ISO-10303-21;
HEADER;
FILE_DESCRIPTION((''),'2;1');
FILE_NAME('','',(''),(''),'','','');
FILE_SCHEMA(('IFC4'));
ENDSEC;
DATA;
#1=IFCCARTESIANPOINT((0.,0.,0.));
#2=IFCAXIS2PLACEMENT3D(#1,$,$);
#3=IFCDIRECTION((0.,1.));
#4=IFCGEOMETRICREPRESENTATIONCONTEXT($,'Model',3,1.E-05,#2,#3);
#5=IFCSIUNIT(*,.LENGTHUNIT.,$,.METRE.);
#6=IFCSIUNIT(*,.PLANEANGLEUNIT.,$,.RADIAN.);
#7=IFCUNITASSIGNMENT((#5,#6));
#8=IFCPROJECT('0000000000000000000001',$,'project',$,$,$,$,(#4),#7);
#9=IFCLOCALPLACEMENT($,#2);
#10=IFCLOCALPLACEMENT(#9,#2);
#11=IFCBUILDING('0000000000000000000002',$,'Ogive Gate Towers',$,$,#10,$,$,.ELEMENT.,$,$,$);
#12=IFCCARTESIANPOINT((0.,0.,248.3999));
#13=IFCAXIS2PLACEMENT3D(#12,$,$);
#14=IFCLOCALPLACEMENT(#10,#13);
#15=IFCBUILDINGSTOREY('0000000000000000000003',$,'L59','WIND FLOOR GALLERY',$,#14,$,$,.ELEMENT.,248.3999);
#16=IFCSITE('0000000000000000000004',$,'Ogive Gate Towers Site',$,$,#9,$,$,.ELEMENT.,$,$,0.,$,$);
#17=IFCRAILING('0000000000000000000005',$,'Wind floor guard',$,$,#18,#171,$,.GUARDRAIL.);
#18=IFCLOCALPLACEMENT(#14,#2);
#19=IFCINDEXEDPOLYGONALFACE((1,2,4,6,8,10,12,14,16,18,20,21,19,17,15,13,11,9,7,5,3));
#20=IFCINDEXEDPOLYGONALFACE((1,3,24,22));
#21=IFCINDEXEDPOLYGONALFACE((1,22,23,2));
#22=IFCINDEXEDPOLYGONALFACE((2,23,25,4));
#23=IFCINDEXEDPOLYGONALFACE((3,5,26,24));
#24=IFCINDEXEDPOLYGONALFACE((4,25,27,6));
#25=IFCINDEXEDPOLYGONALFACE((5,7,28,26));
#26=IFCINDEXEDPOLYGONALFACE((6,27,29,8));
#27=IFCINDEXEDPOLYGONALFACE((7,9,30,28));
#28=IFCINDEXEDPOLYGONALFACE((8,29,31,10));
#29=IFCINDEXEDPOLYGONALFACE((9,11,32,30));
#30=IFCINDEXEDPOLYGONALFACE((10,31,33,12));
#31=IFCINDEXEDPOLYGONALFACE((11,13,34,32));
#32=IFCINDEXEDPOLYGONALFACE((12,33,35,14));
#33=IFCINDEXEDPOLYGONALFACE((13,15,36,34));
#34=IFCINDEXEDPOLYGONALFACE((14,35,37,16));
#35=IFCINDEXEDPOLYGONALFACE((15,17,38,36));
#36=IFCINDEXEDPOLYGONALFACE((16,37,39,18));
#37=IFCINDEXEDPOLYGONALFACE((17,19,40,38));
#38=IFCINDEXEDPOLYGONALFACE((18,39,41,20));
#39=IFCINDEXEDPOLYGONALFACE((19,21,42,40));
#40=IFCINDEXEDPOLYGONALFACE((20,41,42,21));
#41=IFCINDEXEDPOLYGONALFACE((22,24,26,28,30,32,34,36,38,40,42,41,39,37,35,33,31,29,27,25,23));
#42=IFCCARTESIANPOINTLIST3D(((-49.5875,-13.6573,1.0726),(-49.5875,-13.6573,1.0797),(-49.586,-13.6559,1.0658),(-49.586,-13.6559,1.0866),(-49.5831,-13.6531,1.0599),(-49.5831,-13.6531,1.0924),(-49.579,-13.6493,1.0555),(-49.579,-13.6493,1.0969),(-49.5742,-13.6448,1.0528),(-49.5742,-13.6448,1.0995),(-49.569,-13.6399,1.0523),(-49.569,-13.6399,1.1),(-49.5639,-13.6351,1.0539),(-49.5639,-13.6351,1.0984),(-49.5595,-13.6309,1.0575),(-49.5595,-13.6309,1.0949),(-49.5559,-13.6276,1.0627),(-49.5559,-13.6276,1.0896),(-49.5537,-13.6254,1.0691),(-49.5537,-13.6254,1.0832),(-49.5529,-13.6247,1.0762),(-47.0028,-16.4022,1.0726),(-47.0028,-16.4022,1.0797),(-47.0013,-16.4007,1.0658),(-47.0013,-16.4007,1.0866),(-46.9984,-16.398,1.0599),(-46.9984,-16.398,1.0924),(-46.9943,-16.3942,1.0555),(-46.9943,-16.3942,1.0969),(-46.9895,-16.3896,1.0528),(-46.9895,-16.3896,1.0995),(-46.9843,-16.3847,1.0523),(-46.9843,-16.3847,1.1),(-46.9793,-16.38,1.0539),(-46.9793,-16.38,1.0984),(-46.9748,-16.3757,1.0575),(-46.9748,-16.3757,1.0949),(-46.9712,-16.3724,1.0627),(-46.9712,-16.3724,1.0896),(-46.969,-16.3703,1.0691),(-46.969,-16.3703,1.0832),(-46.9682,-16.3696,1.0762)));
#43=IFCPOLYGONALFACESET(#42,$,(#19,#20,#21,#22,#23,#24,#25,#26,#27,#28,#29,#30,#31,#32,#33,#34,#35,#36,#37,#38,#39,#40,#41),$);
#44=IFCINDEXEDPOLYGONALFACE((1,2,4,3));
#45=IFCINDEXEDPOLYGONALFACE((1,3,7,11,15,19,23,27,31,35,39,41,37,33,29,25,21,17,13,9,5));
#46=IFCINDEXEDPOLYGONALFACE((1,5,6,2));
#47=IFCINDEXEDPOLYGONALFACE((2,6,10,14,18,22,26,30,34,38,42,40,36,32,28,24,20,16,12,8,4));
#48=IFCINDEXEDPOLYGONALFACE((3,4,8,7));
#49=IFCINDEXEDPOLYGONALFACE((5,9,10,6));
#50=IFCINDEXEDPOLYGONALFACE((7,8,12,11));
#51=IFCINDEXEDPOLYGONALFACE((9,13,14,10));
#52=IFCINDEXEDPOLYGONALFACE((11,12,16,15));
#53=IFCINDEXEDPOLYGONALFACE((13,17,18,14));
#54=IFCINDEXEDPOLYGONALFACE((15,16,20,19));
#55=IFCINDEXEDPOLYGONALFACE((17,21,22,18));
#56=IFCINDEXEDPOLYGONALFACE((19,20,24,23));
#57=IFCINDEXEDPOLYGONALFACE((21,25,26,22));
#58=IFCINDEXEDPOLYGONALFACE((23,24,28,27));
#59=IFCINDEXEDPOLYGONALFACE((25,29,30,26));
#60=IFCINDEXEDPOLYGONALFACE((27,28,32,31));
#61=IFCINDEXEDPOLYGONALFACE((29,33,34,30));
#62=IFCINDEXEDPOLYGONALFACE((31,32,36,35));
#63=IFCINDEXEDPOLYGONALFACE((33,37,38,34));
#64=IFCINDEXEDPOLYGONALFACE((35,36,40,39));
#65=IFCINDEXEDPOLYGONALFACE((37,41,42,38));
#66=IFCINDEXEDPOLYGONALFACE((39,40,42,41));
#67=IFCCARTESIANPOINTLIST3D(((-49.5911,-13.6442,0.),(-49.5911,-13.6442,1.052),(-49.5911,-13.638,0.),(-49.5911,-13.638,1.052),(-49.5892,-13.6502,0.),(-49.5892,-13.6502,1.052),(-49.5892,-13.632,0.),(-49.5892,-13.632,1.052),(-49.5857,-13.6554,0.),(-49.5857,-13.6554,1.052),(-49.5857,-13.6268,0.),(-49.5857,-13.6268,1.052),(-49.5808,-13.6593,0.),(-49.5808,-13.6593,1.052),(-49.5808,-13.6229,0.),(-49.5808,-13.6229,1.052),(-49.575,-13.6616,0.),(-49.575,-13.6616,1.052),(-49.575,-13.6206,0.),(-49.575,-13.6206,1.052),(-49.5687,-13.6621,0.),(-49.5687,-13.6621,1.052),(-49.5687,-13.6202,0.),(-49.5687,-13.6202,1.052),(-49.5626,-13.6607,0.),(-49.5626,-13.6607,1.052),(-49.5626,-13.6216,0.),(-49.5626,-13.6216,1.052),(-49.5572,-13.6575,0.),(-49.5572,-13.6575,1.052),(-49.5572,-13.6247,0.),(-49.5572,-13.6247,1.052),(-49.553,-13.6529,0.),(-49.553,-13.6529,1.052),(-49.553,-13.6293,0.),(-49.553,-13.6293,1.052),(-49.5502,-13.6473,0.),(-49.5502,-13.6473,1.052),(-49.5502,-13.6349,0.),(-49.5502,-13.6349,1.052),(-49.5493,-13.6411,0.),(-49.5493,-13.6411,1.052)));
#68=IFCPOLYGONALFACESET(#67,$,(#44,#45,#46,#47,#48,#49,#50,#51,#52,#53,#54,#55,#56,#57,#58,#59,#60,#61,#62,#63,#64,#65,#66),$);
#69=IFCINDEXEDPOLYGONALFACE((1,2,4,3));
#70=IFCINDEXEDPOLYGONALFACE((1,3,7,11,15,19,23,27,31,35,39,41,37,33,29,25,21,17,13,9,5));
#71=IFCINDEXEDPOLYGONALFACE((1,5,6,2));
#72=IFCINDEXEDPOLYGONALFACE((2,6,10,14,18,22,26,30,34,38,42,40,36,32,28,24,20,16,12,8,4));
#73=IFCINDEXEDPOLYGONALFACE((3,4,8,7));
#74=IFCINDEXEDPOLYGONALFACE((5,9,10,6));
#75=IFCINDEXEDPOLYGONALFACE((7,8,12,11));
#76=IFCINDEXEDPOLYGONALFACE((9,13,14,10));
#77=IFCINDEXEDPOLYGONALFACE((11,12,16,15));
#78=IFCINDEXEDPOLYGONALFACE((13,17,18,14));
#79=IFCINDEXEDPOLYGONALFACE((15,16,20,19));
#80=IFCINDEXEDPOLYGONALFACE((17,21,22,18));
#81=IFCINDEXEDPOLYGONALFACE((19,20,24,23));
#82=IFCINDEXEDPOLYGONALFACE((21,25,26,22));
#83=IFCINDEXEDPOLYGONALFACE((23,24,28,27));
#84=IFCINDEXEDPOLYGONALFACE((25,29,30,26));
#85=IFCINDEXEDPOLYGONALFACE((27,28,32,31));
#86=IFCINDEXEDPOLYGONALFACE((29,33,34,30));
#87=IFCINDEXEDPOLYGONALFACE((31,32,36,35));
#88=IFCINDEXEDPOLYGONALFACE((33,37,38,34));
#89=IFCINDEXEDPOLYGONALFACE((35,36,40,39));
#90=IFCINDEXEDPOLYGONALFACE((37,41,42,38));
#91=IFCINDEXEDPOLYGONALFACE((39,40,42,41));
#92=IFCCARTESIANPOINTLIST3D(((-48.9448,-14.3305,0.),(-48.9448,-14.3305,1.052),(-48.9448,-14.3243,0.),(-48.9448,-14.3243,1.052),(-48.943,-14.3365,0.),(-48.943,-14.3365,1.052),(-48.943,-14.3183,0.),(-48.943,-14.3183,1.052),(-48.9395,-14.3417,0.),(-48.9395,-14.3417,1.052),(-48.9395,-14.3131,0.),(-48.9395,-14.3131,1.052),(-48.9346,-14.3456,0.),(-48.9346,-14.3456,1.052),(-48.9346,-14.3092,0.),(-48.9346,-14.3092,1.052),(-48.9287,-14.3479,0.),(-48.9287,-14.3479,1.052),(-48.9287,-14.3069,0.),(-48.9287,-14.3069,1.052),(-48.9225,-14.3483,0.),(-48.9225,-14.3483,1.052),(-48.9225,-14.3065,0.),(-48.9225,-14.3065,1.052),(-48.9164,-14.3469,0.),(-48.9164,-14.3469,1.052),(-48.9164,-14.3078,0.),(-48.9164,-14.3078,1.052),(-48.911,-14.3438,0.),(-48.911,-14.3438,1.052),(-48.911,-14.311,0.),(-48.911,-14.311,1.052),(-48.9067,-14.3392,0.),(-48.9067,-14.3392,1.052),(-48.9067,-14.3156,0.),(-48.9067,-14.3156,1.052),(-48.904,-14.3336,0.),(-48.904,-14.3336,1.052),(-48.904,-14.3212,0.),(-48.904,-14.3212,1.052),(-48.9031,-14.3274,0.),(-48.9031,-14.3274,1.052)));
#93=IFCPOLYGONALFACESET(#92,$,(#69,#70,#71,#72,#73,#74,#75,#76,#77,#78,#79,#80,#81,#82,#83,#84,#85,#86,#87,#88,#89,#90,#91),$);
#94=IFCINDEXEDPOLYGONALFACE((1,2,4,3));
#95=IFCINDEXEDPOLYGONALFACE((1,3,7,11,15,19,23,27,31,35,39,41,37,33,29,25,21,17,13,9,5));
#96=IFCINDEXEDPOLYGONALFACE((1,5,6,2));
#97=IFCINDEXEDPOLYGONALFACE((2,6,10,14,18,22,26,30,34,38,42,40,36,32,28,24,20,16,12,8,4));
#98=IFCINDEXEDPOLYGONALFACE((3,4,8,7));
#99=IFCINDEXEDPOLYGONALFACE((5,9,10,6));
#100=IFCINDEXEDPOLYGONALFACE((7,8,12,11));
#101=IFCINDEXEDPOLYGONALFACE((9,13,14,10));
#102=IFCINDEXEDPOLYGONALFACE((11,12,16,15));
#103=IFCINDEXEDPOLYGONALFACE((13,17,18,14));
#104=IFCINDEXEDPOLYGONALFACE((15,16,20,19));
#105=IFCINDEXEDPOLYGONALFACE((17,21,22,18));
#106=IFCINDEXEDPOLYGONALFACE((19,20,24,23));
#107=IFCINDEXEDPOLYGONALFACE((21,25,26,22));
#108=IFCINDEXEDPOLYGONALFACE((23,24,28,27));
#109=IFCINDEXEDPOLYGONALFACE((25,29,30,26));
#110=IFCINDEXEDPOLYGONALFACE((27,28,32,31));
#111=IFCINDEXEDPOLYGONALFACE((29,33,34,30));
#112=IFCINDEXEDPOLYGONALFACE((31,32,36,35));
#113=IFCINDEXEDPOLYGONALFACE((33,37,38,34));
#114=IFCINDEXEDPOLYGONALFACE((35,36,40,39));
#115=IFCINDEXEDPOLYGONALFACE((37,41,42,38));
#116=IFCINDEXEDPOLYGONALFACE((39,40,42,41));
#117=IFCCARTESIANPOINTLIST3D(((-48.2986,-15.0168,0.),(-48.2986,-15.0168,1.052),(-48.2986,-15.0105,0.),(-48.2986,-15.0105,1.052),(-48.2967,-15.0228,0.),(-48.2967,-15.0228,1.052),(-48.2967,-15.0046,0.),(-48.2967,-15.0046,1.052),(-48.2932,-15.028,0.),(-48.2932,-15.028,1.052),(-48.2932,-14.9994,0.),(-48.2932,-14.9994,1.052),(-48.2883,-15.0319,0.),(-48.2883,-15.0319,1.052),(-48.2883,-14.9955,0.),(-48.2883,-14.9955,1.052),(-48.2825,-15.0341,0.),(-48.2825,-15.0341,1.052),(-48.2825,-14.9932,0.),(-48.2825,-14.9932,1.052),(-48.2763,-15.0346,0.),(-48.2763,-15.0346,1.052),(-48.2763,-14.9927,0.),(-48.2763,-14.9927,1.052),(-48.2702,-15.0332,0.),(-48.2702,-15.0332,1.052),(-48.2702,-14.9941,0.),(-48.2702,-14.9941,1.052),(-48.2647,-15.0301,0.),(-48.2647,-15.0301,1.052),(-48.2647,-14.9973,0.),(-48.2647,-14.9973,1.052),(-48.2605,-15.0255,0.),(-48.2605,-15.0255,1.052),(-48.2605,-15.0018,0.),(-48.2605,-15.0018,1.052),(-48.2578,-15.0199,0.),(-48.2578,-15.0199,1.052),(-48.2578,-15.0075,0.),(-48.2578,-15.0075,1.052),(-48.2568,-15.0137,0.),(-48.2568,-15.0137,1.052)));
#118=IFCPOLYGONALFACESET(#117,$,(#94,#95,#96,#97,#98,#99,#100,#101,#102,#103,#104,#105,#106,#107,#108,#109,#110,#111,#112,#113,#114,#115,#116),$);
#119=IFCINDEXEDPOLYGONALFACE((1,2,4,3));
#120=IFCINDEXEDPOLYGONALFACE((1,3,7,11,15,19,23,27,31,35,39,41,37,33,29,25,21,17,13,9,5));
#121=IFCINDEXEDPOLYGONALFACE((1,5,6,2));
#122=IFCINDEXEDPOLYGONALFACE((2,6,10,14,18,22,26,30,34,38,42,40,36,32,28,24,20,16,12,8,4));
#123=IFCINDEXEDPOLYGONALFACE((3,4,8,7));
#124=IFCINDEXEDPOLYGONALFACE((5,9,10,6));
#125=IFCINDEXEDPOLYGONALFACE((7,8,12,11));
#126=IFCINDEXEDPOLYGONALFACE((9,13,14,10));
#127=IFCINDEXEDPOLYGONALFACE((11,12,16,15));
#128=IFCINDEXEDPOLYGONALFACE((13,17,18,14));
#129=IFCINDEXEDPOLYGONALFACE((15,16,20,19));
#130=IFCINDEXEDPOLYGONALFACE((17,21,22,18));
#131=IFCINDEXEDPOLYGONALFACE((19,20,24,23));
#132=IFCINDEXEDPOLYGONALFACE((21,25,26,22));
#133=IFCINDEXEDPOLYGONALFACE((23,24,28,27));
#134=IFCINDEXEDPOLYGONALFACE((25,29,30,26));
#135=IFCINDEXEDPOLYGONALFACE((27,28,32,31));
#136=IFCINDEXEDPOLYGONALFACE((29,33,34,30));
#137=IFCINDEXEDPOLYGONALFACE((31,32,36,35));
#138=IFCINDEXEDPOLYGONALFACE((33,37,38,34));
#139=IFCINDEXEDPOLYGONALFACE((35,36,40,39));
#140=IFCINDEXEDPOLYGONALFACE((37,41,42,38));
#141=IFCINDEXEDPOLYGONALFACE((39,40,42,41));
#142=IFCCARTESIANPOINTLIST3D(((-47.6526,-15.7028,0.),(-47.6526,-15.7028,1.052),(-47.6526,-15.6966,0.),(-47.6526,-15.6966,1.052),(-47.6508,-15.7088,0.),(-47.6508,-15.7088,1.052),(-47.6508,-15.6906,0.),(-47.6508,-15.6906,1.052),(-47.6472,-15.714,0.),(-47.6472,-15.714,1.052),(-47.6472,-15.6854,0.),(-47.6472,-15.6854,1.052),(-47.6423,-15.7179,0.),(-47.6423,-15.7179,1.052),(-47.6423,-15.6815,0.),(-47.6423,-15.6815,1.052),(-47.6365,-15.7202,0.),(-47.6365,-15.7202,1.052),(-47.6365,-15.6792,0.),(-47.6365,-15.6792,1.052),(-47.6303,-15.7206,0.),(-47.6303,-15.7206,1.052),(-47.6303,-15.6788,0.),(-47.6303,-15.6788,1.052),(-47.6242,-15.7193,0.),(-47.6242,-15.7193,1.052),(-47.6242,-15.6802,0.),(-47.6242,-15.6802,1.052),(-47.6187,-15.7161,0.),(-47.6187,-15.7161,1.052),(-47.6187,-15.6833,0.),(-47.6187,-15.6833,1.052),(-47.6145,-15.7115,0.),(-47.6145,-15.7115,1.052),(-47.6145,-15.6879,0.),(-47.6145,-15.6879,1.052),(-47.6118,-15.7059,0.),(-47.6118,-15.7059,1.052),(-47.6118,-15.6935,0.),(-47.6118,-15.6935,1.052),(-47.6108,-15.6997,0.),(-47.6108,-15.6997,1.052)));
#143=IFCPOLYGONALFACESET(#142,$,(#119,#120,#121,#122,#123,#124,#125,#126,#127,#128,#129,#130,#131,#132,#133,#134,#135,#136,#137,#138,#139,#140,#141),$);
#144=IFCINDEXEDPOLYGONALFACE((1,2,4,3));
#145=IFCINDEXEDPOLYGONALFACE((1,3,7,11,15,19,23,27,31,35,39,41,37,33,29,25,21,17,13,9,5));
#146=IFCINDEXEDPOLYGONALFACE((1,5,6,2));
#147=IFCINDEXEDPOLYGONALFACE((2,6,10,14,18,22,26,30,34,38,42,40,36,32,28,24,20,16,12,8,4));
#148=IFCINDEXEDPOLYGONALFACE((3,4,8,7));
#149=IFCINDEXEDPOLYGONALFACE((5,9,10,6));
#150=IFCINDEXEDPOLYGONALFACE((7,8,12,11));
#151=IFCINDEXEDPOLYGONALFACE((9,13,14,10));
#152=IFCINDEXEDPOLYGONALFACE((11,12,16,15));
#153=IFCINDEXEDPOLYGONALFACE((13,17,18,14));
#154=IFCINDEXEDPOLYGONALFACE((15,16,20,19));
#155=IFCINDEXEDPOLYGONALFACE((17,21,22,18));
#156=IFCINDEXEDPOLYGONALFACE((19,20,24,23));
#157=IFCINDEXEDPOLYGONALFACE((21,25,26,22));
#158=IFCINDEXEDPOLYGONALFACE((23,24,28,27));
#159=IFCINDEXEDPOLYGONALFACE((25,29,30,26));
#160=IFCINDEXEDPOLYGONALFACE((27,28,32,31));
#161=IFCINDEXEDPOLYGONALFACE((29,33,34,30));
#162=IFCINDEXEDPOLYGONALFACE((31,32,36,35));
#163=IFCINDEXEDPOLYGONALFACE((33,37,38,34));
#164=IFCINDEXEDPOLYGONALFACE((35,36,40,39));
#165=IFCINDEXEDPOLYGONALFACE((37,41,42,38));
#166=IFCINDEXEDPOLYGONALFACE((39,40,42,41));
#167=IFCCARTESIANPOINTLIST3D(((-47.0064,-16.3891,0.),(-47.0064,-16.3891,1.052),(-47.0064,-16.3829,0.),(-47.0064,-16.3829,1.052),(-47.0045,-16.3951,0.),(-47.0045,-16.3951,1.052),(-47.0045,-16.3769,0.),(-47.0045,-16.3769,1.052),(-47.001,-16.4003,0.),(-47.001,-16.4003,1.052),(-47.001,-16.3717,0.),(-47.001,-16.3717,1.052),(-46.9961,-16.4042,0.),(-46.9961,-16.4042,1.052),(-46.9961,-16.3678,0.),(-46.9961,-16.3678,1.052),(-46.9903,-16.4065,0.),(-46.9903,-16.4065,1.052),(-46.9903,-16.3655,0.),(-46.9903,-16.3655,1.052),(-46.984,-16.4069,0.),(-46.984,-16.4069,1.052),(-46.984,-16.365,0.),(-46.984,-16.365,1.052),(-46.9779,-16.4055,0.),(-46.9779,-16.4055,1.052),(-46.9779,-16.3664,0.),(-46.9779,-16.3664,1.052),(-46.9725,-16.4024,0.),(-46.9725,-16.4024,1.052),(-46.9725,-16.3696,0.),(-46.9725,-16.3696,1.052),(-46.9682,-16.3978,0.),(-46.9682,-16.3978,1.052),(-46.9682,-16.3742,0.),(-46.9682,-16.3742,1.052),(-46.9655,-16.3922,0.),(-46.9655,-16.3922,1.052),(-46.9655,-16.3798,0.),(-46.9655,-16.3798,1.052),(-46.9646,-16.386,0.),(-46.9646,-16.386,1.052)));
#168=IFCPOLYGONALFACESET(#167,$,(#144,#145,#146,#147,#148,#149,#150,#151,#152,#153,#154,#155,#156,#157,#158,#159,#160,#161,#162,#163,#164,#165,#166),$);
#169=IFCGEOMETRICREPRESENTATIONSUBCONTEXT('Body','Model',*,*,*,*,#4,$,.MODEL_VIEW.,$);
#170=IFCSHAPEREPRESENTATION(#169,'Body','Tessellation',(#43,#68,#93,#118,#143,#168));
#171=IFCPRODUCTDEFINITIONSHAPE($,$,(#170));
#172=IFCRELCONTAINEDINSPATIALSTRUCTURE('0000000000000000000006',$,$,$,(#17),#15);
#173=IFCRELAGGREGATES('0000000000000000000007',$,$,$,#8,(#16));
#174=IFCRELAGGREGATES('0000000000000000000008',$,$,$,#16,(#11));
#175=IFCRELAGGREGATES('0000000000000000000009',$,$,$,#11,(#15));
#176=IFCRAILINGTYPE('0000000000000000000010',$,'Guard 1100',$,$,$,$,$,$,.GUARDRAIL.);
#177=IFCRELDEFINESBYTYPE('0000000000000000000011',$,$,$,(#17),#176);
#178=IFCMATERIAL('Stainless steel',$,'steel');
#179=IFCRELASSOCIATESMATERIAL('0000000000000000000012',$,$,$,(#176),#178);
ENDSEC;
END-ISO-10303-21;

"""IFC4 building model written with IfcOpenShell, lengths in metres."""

from ifc_helpers import new_model, si_unit, direction, frame, origin, origin_2d, place, context, subcontext, project, spatial, circle, extrude, material, type_object, element, save


model = new_model("IFC4")

# Units and contexts
model_context = context("Model", 3, precision=1e-05, world=origin(), true_north=direction((0.0, 1.0)))
body_context = subcontext(model_context, "Body", "Model", "MODEL_VIEW")
ifc_project = project(units=[si_unit("LENGTHUNIT", "METRE"), si_unit("PLANEANGLEUNIT", "RADIAN")], contexts=[model_context])

# Site, building, storey
site_placement = place(None, origin())
site = spatial("IfcSite", under=ifc_project, at=site_placement, Name="Ogive Gate Towers Site", CompositionType="ELEMENT", RefElevation=0.0)
building_placement = place(site_placement, origin())
building = spatial("IfcBuilding", under=site, at=building_placement, Name="Ogive Gate Towers", CompositionType="ELEMENT")
storey_placement = place(building_placement, frame((0.0, 0.0, 248.3999)))
storey = spatial("IfcBuildingStorey", under=building, at=storey_placement, Name="L59", Description="WIND FLOOR GALLERY", CompositionType="ELEMENT", Elevation=248.3999)

# Railing
ifc_material_1 = material(Name="Stainless steel", Category="steel")
railing_type = type_object("IfcRailingType", Name="Guard 1100", PredefinedType="GUARDRAIL", material=ifc_material_1)
railing_1_placement = place(storey_placement, frame((-49.5703, -13.6411, 0.0)))
element("IfcRailing", 1, at=railing_1_placement, inside=storey, type_object=railing_type, Name="Wind floor guard", PredefinedType="GUARDRAIL", context=body_context, shape_type="SweptSolid", body=[
    extrude(circle(Radius=0.0239, at=origin_2d()), frame((0.0, 0.0, 1.0762), z_axis=(0.685548, -0.728027, 0.0), x_axis=(0.728027, 0.685548, 0.0)), (0.0, 0.0, 1.0), 3.7703),
    extrude(circle(Radius=0.021, at=origin_2d()), origin(), (0.0, 0.0, 1.0), 1.052),
    extrude(circle(Radius=0.021, at=origin_2d()), frame((0.6462, -0.6863, 0.0)), (0.0, 0.0, 1.0), 1.052),
    extrude(circle(Radius=0.021, at=origin_2d()), frame((1.2925, -1.3726, 0.0)), (0.0, 0.0, 1.0), 1.052),
    extrude(circle(Radius=0.021, at=origin_2d()), frame((1.9385, -2.0586, 0.0)), (0.0, 0.0, 1.0), 1.052),
    extrude(circle(Radius=0.021, at=origin_2d()), frame((2.5847, -2.7449, 0.0)), (0.0, 0.0, 1.0), 1.052),
])

save(model, "model.ifc")
